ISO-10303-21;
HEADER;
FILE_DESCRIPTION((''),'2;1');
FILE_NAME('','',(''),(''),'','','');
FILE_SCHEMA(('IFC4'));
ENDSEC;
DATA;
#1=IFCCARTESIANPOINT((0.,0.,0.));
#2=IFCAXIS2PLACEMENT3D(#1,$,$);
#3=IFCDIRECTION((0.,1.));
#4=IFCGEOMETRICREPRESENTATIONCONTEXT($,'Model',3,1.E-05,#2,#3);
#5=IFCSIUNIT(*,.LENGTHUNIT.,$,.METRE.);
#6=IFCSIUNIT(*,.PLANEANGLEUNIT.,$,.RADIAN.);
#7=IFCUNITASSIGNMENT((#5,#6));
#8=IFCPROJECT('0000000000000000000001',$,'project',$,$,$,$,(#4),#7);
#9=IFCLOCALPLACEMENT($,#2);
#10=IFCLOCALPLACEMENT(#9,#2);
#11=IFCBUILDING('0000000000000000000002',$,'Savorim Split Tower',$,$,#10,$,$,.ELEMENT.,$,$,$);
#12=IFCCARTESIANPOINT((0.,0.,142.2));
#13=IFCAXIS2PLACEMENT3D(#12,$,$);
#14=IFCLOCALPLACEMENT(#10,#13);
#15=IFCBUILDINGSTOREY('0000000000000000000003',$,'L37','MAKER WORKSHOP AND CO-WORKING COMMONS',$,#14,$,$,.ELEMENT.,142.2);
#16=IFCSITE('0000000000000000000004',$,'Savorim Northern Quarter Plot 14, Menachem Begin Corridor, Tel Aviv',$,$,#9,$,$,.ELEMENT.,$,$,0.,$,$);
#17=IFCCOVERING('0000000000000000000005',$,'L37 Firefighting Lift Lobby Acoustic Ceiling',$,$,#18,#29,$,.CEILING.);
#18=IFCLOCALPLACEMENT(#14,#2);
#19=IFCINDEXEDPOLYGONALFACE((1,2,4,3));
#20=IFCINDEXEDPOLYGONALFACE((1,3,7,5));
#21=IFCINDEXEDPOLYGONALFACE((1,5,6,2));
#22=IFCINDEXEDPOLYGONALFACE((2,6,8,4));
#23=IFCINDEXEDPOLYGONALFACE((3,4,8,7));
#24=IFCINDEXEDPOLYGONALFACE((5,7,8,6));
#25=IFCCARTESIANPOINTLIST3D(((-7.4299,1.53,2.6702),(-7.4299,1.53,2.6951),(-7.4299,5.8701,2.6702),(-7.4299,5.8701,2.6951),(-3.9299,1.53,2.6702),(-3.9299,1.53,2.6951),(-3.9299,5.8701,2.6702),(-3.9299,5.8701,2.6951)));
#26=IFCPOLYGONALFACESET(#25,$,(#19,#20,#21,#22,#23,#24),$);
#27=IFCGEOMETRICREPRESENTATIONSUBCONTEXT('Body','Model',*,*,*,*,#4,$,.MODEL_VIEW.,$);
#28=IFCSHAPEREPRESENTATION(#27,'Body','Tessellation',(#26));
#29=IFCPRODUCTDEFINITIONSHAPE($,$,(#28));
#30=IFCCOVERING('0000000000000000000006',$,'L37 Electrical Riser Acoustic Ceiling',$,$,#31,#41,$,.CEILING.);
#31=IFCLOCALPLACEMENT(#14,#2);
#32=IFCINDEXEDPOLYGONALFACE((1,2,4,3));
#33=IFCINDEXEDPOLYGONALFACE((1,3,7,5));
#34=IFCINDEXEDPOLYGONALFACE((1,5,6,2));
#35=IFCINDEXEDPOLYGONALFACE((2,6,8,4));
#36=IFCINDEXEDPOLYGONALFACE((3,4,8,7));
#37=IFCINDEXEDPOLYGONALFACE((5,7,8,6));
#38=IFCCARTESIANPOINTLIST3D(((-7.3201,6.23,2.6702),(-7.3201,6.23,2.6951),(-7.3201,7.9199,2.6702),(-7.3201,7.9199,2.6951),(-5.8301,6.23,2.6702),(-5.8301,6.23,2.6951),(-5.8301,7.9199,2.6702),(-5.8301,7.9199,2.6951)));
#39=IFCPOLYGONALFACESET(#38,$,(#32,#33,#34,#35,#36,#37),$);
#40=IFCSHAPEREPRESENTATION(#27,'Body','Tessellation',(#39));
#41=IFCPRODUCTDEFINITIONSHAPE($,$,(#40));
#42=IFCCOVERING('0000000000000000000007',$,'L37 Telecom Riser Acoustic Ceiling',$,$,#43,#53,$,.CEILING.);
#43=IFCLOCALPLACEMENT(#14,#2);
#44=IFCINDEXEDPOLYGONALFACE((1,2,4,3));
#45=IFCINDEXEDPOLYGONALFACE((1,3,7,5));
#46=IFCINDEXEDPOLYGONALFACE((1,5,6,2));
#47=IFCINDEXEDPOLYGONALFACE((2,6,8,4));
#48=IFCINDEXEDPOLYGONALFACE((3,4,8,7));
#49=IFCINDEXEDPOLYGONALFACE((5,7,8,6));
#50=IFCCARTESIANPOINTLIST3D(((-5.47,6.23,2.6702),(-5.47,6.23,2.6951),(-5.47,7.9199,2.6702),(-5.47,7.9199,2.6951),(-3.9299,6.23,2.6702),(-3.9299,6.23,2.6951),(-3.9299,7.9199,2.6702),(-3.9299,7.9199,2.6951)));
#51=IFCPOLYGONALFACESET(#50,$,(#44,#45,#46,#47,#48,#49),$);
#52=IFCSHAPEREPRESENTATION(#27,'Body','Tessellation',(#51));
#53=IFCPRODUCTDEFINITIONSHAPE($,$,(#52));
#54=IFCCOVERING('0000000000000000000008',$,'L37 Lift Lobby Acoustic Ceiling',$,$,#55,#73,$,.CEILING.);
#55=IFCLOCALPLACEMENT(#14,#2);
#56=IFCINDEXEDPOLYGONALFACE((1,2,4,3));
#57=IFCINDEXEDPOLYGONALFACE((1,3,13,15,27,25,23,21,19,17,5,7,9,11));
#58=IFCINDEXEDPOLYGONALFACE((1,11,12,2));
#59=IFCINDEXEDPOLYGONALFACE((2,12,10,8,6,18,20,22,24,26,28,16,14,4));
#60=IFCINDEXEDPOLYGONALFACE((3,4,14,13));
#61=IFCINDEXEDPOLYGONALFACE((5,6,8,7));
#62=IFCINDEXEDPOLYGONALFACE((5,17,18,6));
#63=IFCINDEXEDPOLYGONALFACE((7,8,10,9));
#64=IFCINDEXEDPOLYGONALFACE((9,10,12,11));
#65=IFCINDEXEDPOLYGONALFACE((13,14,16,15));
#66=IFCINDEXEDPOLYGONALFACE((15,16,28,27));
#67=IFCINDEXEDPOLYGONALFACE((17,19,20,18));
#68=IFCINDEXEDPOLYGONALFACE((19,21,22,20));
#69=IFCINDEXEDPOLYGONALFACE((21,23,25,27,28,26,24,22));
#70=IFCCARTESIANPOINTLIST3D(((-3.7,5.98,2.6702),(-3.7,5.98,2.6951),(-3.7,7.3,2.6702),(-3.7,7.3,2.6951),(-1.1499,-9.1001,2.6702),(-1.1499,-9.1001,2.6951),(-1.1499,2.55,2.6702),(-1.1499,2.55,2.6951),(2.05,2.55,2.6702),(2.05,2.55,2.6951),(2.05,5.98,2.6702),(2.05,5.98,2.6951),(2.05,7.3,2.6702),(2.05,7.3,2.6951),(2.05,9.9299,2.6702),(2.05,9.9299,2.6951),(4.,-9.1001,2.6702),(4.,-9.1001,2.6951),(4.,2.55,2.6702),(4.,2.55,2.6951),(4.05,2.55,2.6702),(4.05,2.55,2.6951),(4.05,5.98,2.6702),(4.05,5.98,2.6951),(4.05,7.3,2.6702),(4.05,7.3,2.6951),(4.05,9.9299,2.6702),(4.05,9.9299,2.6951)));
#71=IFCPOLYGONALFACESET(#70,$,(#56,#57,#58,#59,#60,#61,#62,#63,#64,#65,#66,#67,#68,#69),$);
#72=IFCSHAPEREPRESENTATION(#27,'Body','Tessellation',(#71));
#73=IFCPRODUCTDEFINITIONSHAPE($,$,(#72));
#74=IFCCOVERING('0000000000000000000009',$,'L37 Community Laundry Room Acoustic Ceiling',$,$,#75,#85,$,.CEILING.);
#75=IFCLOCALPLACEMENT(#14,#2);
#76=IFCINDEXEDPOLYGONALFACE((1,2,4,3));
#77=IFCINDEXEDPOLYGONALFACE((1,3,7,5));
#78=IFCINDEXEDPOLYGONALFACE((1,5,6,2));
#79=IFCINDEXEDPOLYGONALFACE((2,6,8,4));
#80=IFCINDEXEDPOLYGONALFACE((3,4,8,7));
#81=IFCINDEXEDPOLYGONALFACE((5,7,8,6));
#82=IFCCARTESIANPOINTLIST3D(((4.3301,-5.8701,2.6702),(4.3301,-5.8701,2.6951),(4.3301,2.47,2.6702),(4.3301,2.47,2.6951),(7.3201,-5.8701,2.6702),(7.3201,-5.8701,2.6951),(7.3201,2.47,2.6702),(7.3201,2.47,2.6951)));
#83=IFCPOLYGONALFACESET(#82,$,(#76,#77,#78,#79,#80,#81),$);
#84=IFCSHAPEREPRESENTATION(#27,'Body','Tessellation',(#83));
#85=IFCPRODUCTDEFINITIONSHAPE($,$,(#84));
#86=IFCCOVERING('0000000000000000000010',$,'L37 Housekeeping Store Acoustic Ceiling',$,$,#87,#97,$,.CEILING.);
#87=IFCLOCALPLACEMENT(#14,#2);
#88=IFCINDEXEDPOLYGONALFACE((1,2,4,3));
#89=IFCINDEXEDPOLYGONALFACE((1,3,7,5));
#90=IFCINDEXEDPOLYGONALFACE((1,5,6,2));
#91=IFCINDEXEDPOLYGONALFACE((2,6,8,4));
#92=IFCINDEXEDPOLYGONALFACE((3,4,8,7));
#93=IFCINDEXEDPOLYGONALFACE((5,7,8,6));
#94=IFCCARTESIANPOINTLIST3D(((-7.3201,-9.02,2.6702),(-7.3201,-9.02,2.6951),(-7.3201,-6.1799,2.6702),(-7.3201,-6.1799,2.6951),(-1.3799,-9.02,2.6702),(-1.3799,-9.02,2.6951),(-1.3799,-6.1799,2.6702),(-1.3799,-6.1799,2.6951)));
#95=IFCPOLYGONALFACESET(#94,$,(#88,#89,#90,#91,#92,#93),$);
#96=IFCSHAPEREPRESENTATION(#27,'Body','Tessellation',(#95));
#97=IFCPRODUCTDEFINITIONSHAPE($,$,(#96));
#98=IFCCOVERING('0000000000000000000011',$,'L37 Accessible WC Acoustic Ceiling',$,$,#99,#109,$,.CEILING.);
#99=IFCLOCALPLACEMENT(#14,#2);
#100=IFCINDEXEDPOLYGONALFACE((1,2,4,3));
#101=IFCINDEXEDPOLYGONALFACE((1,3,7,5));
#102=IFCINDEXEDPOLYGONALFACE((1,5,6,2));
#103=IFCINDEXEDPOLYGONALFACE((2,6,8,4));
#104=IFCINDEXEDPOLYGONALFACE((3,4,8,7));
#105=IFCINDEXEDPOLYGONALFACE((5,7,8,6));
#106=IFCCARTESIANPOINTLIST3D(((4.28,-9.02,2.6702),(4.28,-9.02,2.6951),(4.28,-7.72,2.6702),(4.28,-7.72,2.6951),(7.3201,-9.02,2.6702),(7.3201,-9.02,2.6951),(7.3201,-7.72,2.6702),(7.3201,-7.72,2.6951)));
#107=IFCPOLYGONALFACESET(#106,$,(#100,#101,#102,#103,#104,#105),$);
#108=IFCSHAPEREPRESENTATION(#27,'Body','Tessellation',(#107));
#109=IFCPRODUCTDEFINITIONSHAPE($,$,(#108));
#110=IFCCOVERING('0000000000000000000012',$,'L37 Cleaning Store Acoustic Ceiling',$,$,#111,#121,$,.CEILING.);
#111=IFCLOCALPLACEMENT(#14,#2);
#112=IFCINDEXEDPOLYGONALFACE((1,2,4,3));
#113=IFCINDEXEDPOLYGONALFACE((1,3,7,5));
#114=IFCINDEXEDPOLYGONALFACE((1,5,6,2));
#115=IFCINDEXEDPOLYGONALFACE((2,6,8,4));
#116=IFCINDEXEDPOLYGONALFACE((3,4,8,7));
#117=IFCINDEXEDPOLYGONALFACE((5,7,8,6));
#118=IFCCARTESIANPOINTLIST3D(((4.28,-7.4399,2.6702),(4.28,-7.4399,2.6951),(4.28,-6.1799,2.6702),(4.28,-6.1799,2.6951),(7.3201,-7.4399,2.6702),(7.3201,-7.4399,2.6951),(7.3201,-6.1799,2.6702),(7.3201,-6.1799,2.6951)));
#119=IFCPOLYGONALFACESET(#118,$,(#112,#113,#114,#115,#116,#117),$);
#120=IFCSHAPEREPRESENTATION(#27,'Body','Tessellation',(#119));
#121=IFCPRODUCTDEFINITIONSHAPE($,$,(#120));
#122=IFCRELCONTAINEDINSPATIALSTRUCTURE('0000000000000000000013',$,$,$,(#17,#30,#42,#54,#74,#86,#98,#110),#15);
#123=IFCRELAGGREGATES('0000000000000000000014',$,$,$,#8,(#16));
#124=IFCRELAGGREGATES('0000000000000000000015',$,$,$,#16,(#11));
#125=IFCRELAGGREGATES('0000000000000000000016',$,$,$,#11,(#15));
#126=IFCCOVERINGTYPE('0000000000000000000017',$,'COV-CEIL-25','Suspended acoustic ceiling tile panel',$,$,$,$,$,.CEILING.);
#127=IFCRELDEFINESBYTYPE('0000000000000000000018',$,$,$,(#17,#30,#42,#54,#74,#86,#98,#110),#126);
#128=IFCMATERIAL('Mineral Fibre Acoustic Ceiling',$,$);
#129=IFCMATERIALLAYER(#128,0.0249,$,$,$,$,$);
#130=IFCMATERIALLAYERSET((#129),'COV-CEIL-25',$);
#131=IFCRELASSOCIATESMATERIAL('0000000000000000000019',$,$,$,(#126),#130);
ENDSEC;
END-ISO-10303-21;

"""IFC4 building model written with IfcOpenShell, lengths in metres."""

from ifc_helpers import new_model, si_unit, direction, frame, origin, place, context, subcontext, project, spatial, polyline, outline, extrude, material, layer, layer_set, type_object, element, save


model = new_model("IFC4")

# Units and contexts
model_context = context("Model", 3, precision=1e-05, world=origin(), true_north=direction((0.0, 1.0)))
body_context = subcontext(model_context, "Body", "Model", "MODEL_VIEW")
ifc_project = project(units=[si_unit("LENGTHUNIT", "METRE"), si_unit("PLANEANGLEUNIT", "RADIAN")], contexts=[model_context])

# Site, building, storey
site_placement = place(None, origin())
site = spatial("IfcSite", under=ifc_project, at=site_placement, Name="Savorim Northern Quarter Plot 14, Menachem Begin Corridor, Tel Aviv", CompositionType="ELEMENT", RefElevation=0.0)
building_placement = place(site_placement, origin())
building = spatial("IfcBuilding", under=site, at=building_placement, Name="Savorim Split Tower", CompositionType="ELEMENT")
storey_placement = place(building_placement, frame((0.0, 0.0, 142.2)))
storey = spatial("IfcBuildingStorey", under=building, at=storey_placement, Name="L37", Description="MAKER WORKSHOP AND CO-WORKING COMMONS", CompositionType="ELEMENT", Elevation=142.2)

# Coverings
ifc_material_1 = material(Name="Mineral Fibre Acoustic Ceiling")
ifc_layer_1 = layer(ifc_material_1, 0.0249)
ifc_layer_set_1 = layer_set([ifc_layer_1], Name="COV-CEIL-25")
covering_type_1 = type_object("IfcCoveringType", Name="COV-CEIL-25", Description="Suspended acoustic ceiling tile panel", PredefinedType="CEILING", material=ifc_layer_set_1)
covering_1_placement = place(storey_placement, frame((0.0, 0.0, 2.6702)))
element("IfcCovering", 1, at=covering_1_placement, inside=storey, type_object=covering_type_1, Name="L37 Firefighting Lift Lobby Acoustic Ceiling", PredefinedType="CEILING", context=body_context, shape_type="SweptSolid", body=[
    extrude(outline(polyline([(-7.4299, 5.8701), (-7.4299, 1.53), (-3.9299, 1.53), (-3.9299, 5.8701), (-7.4299, 5.8701)])), origin(), (0.0, 0.0, 1.0), 0.0249),
])
covering_2_placement = place(storey_placement, frame((0.0, 0.0, 2.6702)))
element("IfcCovering", 2, at=covering_2_placement, inside=storey, type_object=covering_type_1, Name="L37 Electrical Riser Acoustic Ceiling", PredefinedType="CEILING", context=body_context, shape_type="SweptSolid", body=[
    extrude(outline(polyline([(-7.3201, 7.9199), (-7.3201, 6.23), (-5.8301, 6.23), (-5.8301, 7.9199), (-7.3201, 7.9199)])), origin(), (0.0, 0.0, 1.0), 0.0249),
])
covering_3_placement = place(storey_placement, frame((0.0, 0.0, 2.6702)))
element("IfcCovering", 3, at=covering_3_placement, inside=storey, type_object=covering_type_1, Name="L37 Telecom Riser Acoustic Ceiling", PredefinedType="CEILING", context=body_context, shape_type="SweptSolid", body=[
    extrude(outline(polyline([(-5.47, 7.9199), (-5.47, 6.23), (-3.9299, 6.23), (-3.9299, 7.9199), (-5.47, 7.9199)])), origin(), (0.0, 0.0, 1.0), 0.0249),
])
covering_4_placement = place(storey_placement, frame((0.0, 0.0, 2.6702)))
element("IfcCovering", 4, at=covering_4_placement, inside=storey, type_object=covering_type_1, Name="L37 Lift Lobby Acoustic Ceiling", PredefinedType="CEILING", context=body_context, shape_type="SweptSolid", body=[
    extrude(outline(polyline([(2.05, 2.55), (-1.1499, 2.55), (-1.1499, -9.1001), (4.0, -9.1001), (4.0, 2.55), (4.05, 2.55), (4.05, 5.98), (4.05, 7.3), (4.05, 9.9299), (2.05, 9.9299), (2.05, 7.3), (-3.7, 7.3), (-3.7, 5.98), (2.05, 5.98), (2.05, 2.55)])), origin(), (0.0, 0.0, 1.0), 0.0249),
])
covering_5_placement = place(storey_placement, frame((0.0, 0.0, 2.6702)))
element("IfcCovering", 5, at=covering_5_placement, inside=storey, type_object=covering_type_1, Name="L37 Community Laundry Room Acoustic Ceiling", PredefinedType="CEILING", context=body_context, shape_type="SweptSolid", body=[
    extrude(outline(polyline([(4.3301, 2.47), (4.3301, -5.8701), (7.3201, -5.8701), (7.3201, 2.47), (4.3301, 2.47)])), origin(), (0.0, 0.0, 1.0), 0.0249),
])
covering_6_placement = place(storey_placement, frame((0.0, 0.0, 2.6702)))
element("IfcCovering", 6, at=covering_6_placement, inside=storey, type_object=covering_type_1, Name="L37 Housekeeping Store Acoustic Ceiling", PredefinedType="CEILING", context=body_context, shape_type="SweptSolid", body=[
    extrude(outline(polyline([(-7.3201, -6.1799), (-7.3201, -9.02), (-1.3799, -9.02), (-1.3799, -6.1799), (-7.3201, -6.1799)])), origin(), (0.0, 0.0, 1.0), 0.0249),
])
covering_7_placement = place(storey_placement, frame((0.0, 0.0, 2.6702)))
element("IfcCovering", 7, at=covering_7_placement, inside=storey, type_object=covering_type_1, Name="L37 Accessible WC Acoustic Ceiling", PredefinedType="CEILING", context=body_context, shape_type="SweptSolid", body=[
    extrude(outline(polyline([(4.28, -7.72), (4.28, -9.02), (7.3201, -9.02), (7.3201, -7.72), (4.28, -7.72)])), origin(), (0.0, 0.0, 1.0), 0.0249),
])
covering_8_placement = place(storey_placement, frame((0.0, 0.0, 2.6702)))
element("IfcCovering", 8, at=covering_8_placement, inside=storey, type_object=covering_type_1, Name="L37 Cleaning Store Acoustic Ceiling", PredefinedType="CEILING", context=body_context, shape_type="SweptSolid", body=[
    extrude(outline(polyline([(4.28, -6.1799), (4.28, -7.4399), (7.3201, -7.4399), (7.3201, -6.1799), (4.28, -6.1799)])), origin(), (0.0, 0.0, 1.0), 0.0249),
])

save(model, "model.ifc")
